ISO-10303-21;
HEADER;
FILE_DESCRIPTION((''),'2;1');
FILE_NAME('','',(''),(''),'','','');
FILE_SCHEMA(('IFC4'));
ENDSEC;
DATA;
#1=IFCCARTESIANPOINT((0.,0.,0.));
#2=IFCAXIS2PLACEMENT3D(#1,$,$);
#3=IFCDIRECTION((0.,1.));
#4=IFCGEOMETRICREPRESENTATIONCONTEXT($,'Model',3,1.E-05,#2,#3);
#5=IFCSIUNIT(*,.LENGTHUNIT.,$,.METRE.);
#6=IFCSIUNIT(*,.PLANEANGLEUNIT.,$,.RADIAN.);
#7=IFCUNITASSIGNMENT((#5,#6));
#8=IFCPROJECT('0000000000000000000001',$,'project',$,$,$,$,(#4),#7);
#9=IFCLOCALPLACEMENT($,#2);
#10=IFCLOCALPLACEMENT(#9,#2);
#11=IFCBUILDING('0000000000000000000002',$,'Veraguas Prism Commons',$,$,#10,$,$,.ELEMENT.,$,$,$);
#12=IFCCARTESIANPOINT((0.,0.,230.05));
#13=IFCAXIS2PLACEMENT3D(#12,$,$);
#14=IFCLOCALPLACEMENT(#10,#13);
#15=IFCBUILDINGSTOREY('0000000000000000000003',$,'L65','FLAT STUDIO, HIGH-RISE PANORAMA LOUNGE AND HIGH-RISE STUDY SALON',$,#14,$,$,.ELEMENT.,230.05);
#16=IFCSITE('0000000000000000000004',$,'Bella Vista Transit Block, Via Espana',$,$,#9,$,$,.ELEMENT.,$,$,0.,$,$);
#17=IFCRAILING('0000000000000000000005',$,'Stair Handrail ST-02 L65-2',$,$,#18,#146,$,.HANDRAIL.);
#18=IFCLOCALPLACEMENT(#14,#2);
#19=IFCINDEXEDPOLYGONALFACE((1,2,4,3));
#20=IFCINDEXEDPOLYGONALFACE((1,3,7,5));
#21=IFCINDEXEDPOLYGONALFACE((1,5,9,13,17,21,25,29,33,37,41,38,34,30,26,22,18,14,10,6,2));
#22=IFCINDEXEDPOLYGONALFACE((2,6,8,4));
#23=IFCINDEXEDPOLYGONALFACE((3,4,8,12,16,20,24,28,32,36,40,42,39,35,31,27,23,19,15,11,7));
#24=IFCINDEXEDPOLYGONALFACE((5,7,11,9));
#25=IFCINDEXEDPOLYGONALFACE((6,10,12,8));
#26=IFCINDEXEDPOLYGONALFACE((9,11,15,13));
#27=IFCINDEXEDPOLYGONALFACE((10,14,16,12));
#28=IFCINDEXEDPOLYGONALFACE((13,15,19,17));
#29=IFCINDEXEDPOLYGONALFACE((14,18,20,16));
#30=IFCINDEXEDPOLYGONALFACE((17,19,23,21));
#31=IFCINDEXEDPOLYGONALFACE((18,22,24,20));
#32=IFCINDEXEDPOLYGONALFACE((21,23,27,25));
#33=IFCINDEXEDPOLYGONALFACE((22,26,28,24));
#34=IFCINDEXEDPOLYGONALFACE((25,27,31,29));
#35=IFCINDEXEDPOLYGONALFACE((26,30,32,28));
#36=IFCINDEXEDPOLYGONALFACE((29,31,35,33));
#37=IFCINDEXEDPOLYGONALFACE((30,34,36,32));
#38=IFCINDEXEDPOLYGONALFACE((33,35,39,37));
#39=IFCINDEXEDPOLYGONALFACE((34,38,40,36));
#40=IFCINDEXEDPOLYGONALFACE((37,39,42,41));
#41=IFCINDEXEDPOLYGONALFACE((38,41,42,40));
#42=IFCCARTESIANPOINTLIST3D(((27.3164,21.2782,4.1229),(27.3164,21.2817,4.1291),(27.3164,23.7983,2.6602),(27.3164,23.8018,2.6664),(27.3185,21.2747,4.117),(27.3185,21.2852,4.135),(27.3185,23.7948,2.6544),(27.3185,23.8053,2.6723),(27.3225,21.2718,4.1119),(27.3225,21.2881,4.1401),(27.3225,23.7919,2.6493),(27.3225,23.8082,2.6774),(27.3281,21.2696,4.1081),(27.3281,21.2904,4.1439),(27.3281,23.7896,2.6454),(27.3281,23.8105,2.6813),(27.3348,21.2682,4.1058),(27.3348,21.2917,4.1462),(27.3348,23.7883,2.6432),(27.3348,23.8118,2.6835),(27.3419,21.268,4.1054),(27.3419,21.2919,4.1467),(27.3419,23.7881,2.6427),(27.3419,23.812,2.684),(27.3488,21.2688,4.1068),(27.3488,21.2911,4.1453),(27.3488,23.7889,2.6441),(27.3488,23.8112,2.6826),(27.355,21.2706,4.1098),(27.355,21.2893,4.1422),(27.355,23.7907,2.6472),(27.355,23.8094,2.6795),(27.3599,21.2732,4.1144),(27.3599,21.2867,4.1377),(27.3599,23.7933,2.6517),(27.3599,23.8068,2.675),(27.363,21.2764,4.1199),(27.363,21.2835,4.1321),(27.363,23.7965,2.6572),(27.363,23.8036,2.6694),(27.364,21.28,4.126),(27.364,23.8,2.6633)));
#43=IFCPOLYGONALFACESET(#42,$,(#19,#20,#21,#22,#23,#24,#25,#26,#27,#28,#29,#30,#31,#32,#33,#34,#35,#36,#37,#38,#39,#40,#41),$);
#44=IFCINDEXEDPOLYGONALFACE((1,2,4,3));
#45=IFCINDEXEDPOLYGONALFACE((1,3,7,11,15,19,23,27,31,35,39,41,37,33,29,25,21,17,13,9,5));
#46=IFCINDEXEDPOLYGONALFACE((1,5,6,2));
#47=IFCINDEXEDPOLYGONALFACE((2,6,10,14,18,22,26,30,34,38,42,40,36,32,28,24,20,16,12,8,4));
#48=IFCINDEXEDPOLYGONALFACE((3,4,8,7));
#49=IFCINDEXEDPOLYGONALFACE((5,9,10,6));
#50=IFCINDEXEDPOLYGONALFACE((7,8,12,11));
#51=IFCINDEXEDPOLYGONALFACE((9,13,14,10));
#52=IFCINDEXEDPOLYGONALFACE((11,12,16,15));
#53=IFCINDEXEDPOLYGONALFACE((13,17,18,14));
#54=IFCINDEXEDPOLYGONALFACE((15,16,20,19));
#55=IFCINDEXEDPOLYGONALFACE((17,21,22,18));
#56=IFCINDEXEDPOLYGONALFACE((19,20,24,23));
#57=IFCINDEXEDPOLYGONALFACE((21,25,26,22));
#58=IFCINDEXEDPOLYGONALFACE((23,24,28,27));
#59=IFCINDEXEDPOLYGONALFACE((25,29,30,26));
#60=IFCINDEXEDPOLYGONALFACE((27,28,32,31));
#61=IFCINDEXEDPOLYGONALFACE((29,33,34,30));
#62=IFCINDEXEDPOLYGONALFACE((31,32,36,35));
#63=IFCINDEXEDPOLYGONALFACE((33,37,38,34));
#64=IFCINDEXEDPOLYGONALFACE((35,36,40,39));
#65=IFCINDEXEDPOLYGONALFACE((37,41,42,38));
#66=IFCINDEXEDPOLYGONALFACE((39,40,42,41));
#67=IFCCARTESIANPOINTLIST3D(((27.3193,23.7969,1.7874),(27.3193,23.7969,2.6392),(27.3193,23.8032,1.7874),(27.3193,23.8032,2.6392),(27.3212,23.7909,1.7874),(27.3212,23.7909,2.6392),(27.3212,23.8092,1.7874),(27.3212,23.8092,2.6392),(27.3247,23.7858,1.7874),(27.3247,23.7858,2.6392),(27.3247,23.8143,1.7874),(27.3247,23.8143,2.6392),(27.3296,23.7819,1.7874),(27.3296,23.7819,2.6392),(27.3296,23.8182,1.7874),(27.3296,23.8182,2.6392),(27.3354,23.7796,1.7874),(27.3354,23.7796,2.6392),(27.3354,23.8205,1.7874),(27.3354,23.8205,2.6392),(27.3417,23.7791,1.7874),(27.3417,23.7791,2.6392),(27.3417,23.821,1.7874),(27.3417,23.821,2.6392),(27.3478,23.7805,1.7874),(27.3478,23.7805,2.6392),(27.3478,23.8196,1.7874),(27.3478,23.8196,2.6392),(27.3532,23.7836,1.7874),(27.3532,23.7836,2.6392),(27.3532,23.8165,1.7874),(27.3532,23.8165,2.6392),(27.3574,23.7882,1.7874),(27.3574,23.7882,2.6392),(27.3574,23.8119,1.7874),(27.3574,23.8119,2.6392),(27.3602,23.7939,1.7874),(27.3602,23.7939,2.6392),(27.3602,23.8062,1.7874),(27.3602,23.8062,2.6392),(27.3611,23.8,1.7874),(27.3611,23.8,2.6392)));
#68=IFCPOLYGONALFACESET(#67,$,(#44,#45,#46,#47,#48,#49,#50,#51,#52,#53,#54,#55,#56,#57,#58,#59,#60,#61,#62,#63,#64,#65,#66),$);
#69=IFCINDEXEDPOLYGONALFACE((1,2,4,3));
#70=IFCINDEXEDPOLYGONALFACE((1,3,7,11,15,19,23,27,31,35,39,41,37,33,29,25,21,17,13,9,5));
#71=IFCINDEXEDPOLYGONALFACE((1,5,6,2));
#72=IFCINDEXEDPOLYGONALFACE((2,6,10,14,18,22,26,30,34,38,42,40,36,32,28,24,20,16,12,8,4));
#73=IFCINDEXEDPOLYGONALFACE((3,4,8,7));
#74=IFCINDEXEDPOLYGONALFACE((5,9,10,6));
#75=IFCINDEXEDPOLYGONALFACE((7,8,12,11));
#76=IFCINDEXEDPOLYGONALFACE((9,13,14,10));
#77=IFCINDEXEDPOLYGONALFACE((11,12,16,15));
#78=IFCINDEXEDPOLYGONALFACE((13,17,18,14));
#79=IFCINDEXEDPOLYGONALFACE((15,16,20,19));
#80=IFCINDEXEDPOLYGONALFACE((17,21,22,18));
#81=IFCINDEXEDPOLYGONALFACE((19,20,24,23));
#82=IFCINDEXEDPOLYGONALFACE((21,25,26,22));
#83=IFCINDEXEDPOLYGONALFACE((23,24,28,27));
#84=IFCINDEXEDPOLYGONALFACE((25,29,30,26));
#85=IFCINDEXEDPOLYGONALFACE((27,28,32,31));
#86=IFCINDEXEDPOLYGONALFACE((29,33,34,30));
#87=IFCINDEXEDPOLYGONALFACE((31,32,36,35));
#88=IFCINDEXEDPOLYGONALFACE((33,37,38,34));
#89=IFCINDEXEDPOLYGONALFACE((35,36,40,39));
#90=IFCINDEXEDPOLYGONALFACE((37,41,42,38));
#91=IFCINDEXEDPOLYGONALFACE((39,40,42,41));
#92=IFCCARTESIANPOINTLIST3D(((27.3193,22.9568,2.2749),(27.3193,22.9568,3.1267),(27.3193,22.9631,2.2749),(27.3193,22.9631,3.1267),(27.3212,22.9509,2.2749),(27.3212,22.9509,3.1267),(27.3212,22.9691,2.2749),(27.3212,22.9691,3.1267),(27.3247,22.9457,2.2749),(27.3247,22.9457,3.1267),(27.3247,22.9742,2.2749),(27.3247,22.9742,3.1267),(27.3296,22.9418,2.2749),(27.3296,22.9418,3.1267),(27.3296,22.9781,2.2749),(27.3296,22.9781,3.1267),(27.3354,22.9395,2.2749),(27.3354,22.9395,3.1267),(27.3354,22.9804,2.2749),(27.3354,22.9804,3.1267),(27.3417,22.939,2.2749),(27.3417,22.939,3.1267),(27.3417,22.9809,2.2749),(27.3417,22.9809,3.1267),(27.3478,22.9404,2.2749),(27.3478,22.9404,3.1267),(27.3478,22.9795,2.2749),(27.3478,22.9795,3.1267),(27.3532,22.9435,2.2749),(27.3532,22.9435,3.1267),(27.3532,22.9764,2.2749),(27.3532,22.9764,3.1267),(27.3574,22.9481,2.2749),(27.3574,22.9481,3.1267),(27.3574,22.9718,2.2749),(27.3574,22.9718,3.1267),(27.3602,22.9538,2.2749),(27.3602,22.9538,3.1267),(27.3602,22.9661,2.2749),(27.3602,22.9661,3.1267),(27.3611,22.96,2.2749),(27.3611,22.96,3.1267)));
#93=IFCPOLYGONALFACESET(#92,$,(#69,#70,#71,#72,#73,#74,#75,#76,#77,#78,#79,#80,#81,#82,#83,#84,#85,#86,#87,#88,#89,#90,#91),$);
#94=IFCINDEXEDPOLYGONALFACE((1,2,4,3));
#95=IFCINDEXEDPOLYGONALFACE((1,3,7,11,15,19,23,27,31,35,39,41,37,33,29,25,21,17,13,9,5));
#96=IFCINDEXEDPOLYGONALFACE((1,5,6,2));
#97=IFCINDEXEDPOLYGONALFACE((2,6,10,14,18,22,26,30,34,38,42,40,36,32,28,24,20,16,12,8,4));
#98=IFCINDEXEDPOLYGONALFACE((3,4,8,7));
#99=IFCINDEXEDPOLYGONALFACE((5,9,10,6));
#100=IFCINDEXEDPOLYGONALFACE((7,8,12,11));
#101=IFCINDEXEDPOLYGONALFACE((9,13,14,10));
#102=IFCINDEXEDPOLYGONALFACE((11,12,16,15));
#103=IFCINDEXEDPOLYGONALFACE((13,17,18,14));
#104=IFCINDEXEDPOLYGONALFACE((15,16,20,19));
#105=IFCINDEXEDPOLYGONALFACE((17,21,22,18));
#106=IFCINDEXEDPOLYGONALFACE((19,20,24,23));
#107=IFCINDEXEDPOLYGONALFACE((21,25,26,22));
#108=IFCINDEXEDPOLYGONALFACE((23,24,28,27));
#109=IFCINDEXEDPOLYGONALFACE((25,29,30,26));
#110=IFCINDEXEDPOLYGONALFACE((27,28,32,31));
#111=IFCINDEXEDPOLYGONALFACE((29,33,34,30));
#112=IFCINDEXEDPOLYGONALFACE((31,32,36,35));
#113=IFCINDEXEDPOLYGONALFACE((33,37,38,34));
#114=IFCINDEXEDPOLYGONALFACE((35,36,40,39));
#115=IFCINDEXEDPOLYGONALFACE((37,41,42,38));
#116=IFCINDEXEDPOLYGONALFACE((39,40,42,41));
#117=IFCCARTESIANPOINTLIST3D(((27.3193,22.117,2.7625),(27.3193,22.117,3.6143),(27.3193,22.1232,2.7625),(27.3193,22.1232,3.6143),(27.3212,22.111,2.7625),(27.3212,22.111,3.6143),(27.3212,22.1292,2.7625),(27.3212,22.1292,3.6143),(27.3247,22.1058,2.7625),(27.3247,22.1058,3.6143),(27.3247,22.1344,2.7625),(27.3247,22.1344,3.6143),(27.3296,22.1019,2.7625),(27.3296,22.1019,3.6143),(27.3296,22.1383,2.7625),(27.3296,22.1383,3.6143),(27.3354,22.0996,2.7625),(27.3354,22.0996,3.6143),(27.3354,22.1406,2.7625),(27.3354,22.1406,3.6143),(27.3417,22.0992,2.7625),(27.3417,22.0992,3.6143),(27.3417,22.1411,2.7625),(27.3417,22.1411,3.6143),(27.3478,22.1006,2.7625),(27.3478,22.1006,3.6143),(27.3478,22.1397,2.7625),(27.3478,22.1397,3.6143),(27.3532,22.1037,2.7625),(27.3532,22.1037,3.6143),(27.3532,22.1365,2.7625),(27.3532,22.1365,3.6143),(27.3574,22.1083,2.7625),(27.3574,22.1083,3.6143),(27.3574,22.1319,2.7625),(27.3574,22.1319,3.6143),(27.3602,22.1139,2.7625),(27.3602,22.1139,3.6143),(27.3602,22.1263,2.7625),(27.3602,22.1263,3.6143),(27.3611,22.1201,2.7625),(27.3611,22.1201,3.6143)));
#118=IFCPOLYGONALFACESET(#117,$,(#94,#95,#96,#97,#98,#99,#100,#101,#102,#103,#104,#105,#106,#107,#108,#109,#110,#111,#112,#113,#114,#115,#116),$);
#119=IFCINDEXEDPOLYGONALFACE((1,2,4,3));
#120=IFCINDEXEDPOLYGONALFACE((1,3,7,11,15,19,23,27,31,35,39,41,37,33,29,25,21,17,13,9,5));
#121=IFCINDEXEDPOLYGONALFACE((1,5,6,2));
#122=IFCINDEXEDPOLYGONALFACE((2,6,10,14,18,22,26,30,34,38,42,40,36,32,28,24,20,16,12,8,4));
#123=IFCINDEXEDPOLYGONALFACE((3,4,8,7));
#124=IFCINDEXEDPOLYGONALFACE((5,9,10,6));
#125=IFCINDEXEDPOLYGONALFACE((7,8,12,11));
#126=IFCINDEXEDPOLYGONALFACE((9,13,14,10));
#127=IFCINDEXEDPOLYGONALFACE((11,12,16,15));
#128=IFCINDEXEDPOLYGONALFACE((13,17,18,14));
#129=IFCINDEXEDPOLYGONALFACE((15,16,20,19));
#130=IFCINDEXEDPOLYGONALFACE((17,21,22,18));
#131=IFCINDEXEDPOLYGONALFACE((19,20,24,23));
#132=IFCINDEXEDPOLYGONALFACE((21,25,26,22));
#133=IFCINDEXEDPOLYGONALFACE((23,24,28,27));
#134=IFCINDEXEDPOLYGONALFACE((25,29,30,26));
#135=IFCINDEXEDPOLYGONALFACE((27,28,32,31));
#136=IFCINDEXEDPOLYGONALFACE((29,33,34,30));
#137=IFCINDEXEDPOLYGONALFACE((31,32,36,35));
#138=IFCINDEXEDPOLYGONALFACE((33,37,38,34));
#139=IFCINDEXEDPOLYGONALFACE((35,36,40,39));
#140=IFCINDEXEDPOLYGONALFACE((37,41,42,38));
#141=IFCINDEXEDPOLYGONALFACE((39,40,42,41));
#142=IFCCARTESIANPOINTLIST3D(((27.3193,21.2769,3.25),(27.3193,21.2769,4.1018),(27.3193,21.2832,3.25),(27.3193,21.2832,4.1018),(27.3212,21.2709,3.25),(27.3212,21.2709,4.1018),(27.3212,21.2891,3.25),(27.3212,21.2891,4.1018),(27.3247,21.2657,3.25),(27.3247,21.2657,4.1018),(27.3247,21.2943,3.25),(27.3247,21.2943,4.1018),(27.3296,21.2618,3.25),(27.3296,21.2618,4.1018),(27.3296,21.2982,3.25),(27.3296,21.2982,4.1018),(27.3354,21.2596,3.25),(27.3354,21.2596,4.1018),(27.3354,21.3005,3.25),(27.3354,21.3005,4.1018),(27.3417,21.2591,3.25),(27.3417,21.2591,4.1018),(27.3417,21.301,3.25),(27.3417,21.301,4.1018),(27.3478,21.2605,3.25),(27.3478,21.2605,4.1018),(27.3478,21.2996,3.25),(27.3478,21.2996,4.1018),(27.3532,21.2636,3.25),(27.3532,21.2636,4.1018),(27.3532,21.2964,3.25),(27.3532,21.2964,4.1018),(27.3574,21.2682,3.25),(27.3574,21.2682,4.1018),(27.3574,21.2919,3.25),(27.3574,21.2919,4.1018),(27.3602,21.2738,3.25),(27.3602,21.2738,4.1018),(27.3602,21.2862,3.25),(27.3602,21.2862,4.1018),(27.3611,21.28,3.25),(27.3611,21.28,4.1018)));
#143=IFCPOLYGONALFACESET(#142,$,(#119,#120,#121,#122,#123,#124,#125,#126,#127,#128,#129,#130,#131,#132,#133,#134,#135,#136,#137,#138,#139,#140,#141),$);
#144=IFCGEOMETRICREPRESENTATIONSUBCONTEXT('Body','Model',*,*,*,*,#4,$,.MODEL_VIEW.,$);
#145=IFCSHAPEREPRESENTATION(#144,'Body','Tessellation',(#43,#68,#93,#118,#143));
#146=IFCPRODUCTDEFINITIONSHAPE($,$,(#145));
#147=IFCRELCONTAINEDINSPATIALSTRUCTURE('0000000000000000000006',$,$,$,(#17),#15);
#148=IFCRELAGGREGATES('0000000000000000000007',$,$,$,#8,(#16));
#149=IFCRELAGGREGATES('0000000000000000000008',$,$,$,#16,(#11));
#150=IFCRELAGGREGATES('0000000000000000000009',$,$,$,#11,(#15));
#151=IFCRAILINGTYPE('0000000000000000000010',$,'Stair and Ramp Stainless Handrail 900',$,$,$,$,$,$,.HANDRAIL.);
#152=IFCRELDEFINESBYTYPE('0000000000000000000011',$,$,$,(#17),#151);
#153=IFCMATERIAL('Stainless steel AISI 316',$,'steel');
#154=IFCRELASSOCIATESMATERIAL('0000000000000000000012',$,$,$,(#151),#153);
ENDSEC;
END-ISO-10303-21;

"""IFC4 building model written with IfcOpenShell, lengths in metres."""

from ifc_helpers import new_model, si_unit, direction, frame, origin, origin_2d, place, context, subcontext, project, spatial, circle, extrude, material, type_object, element, save


model = new_model("IFC4")

# Units and contexts
model_context = context("Model", 3, precision=1e-05, world=origin(), true_north=direction((0.0, 1.0)))
body_context = subcontext(model_context, "Body", "Model", "MODEL_VIEW")
ifc_project = project(units=[si_unit("LENGTHUNIT", "METRE"), si_unit("PLANEANGLEUNIT", "RADIAN")], contexts=[model_context])

# Site, building, storey
site_placement = place(None, origin())
site = spatial("IfcSite", under=ifc_project, at=site_placement, Name="Bella Vista Transit Block, Via Espana", CompositionType="ELEMENT", RefElevation=0.0)
building_placement = place(site_placement, origin())
building = spatial("IfcBuilding", under=site, at=building_placement, Name="Veraguas Prism Commons", CompositionType="ELEMENT")
storey_placement = place(building_placement, frame((0.0, 0.0, 230.05)))
storey = spatial("IfcBuildingStorey", under=building, at=storey_placement, Name="L65", Description="FLAT STUDIO, HIGH-RISE PANORAMA LOUNGE AND HIGH-RISE STUDY SALON", CompositionType="ELEMENT", Elevation=230.05)

# Railing
ifc_material_1 = material(Name="Stainless steel AISI 316", Category="steel")
railing_type_1 = type_object("IfcRailingType", Name="Stair and Ramp Stainless Handrail 900", PredefinedType="HANDRAIL", material=ifc_material_1)
railing_1_placement = place(storey_placement, frame((27.3401, 23.8, 1.7874)))
element("IfcRailing", 1, at=railing_1_placement, inside=storey, type_object=railing_type_1, Name="Stair Handrail ST-02 L65-2", PredefinedType="HANDRAIL", context=body_context, shape_type="SweptSolid", body=[
    extrude(circle(Radius=0.0239, at=origin_2d()), frame((0.0, 0.0, 0.876), z_axis=(0.0, -0.864877, 0.501984), x_axis=(1.0, 0.0, 0.0)), (0.0, 0.0, 1.0), 2.9138),
    extrude(circle(Radius=0.021, at=origin_2d()), origin(), (0.0, 0.0, 1.0), 0.8518),
    extrude(circle(Radius=0.021, at=origin_2d()), frame((0.0, -0.8401, 0.4875)), (0.0, 0.0, 1.0), 0.8518),
    extrude(circle(Radius=0.021, at=origin_2d()), frame((0.0, -1.6799, 0.9751)), (0.0, 0.0, 1.0), 0.8518),
    extrude(circle(Radius=0.021, at=origin_2d()), frame((0.0, -2.52, 1.4626)), (0.0, 0.0, 1.0), 0.8518),
])

save(model, "model.ifc")
